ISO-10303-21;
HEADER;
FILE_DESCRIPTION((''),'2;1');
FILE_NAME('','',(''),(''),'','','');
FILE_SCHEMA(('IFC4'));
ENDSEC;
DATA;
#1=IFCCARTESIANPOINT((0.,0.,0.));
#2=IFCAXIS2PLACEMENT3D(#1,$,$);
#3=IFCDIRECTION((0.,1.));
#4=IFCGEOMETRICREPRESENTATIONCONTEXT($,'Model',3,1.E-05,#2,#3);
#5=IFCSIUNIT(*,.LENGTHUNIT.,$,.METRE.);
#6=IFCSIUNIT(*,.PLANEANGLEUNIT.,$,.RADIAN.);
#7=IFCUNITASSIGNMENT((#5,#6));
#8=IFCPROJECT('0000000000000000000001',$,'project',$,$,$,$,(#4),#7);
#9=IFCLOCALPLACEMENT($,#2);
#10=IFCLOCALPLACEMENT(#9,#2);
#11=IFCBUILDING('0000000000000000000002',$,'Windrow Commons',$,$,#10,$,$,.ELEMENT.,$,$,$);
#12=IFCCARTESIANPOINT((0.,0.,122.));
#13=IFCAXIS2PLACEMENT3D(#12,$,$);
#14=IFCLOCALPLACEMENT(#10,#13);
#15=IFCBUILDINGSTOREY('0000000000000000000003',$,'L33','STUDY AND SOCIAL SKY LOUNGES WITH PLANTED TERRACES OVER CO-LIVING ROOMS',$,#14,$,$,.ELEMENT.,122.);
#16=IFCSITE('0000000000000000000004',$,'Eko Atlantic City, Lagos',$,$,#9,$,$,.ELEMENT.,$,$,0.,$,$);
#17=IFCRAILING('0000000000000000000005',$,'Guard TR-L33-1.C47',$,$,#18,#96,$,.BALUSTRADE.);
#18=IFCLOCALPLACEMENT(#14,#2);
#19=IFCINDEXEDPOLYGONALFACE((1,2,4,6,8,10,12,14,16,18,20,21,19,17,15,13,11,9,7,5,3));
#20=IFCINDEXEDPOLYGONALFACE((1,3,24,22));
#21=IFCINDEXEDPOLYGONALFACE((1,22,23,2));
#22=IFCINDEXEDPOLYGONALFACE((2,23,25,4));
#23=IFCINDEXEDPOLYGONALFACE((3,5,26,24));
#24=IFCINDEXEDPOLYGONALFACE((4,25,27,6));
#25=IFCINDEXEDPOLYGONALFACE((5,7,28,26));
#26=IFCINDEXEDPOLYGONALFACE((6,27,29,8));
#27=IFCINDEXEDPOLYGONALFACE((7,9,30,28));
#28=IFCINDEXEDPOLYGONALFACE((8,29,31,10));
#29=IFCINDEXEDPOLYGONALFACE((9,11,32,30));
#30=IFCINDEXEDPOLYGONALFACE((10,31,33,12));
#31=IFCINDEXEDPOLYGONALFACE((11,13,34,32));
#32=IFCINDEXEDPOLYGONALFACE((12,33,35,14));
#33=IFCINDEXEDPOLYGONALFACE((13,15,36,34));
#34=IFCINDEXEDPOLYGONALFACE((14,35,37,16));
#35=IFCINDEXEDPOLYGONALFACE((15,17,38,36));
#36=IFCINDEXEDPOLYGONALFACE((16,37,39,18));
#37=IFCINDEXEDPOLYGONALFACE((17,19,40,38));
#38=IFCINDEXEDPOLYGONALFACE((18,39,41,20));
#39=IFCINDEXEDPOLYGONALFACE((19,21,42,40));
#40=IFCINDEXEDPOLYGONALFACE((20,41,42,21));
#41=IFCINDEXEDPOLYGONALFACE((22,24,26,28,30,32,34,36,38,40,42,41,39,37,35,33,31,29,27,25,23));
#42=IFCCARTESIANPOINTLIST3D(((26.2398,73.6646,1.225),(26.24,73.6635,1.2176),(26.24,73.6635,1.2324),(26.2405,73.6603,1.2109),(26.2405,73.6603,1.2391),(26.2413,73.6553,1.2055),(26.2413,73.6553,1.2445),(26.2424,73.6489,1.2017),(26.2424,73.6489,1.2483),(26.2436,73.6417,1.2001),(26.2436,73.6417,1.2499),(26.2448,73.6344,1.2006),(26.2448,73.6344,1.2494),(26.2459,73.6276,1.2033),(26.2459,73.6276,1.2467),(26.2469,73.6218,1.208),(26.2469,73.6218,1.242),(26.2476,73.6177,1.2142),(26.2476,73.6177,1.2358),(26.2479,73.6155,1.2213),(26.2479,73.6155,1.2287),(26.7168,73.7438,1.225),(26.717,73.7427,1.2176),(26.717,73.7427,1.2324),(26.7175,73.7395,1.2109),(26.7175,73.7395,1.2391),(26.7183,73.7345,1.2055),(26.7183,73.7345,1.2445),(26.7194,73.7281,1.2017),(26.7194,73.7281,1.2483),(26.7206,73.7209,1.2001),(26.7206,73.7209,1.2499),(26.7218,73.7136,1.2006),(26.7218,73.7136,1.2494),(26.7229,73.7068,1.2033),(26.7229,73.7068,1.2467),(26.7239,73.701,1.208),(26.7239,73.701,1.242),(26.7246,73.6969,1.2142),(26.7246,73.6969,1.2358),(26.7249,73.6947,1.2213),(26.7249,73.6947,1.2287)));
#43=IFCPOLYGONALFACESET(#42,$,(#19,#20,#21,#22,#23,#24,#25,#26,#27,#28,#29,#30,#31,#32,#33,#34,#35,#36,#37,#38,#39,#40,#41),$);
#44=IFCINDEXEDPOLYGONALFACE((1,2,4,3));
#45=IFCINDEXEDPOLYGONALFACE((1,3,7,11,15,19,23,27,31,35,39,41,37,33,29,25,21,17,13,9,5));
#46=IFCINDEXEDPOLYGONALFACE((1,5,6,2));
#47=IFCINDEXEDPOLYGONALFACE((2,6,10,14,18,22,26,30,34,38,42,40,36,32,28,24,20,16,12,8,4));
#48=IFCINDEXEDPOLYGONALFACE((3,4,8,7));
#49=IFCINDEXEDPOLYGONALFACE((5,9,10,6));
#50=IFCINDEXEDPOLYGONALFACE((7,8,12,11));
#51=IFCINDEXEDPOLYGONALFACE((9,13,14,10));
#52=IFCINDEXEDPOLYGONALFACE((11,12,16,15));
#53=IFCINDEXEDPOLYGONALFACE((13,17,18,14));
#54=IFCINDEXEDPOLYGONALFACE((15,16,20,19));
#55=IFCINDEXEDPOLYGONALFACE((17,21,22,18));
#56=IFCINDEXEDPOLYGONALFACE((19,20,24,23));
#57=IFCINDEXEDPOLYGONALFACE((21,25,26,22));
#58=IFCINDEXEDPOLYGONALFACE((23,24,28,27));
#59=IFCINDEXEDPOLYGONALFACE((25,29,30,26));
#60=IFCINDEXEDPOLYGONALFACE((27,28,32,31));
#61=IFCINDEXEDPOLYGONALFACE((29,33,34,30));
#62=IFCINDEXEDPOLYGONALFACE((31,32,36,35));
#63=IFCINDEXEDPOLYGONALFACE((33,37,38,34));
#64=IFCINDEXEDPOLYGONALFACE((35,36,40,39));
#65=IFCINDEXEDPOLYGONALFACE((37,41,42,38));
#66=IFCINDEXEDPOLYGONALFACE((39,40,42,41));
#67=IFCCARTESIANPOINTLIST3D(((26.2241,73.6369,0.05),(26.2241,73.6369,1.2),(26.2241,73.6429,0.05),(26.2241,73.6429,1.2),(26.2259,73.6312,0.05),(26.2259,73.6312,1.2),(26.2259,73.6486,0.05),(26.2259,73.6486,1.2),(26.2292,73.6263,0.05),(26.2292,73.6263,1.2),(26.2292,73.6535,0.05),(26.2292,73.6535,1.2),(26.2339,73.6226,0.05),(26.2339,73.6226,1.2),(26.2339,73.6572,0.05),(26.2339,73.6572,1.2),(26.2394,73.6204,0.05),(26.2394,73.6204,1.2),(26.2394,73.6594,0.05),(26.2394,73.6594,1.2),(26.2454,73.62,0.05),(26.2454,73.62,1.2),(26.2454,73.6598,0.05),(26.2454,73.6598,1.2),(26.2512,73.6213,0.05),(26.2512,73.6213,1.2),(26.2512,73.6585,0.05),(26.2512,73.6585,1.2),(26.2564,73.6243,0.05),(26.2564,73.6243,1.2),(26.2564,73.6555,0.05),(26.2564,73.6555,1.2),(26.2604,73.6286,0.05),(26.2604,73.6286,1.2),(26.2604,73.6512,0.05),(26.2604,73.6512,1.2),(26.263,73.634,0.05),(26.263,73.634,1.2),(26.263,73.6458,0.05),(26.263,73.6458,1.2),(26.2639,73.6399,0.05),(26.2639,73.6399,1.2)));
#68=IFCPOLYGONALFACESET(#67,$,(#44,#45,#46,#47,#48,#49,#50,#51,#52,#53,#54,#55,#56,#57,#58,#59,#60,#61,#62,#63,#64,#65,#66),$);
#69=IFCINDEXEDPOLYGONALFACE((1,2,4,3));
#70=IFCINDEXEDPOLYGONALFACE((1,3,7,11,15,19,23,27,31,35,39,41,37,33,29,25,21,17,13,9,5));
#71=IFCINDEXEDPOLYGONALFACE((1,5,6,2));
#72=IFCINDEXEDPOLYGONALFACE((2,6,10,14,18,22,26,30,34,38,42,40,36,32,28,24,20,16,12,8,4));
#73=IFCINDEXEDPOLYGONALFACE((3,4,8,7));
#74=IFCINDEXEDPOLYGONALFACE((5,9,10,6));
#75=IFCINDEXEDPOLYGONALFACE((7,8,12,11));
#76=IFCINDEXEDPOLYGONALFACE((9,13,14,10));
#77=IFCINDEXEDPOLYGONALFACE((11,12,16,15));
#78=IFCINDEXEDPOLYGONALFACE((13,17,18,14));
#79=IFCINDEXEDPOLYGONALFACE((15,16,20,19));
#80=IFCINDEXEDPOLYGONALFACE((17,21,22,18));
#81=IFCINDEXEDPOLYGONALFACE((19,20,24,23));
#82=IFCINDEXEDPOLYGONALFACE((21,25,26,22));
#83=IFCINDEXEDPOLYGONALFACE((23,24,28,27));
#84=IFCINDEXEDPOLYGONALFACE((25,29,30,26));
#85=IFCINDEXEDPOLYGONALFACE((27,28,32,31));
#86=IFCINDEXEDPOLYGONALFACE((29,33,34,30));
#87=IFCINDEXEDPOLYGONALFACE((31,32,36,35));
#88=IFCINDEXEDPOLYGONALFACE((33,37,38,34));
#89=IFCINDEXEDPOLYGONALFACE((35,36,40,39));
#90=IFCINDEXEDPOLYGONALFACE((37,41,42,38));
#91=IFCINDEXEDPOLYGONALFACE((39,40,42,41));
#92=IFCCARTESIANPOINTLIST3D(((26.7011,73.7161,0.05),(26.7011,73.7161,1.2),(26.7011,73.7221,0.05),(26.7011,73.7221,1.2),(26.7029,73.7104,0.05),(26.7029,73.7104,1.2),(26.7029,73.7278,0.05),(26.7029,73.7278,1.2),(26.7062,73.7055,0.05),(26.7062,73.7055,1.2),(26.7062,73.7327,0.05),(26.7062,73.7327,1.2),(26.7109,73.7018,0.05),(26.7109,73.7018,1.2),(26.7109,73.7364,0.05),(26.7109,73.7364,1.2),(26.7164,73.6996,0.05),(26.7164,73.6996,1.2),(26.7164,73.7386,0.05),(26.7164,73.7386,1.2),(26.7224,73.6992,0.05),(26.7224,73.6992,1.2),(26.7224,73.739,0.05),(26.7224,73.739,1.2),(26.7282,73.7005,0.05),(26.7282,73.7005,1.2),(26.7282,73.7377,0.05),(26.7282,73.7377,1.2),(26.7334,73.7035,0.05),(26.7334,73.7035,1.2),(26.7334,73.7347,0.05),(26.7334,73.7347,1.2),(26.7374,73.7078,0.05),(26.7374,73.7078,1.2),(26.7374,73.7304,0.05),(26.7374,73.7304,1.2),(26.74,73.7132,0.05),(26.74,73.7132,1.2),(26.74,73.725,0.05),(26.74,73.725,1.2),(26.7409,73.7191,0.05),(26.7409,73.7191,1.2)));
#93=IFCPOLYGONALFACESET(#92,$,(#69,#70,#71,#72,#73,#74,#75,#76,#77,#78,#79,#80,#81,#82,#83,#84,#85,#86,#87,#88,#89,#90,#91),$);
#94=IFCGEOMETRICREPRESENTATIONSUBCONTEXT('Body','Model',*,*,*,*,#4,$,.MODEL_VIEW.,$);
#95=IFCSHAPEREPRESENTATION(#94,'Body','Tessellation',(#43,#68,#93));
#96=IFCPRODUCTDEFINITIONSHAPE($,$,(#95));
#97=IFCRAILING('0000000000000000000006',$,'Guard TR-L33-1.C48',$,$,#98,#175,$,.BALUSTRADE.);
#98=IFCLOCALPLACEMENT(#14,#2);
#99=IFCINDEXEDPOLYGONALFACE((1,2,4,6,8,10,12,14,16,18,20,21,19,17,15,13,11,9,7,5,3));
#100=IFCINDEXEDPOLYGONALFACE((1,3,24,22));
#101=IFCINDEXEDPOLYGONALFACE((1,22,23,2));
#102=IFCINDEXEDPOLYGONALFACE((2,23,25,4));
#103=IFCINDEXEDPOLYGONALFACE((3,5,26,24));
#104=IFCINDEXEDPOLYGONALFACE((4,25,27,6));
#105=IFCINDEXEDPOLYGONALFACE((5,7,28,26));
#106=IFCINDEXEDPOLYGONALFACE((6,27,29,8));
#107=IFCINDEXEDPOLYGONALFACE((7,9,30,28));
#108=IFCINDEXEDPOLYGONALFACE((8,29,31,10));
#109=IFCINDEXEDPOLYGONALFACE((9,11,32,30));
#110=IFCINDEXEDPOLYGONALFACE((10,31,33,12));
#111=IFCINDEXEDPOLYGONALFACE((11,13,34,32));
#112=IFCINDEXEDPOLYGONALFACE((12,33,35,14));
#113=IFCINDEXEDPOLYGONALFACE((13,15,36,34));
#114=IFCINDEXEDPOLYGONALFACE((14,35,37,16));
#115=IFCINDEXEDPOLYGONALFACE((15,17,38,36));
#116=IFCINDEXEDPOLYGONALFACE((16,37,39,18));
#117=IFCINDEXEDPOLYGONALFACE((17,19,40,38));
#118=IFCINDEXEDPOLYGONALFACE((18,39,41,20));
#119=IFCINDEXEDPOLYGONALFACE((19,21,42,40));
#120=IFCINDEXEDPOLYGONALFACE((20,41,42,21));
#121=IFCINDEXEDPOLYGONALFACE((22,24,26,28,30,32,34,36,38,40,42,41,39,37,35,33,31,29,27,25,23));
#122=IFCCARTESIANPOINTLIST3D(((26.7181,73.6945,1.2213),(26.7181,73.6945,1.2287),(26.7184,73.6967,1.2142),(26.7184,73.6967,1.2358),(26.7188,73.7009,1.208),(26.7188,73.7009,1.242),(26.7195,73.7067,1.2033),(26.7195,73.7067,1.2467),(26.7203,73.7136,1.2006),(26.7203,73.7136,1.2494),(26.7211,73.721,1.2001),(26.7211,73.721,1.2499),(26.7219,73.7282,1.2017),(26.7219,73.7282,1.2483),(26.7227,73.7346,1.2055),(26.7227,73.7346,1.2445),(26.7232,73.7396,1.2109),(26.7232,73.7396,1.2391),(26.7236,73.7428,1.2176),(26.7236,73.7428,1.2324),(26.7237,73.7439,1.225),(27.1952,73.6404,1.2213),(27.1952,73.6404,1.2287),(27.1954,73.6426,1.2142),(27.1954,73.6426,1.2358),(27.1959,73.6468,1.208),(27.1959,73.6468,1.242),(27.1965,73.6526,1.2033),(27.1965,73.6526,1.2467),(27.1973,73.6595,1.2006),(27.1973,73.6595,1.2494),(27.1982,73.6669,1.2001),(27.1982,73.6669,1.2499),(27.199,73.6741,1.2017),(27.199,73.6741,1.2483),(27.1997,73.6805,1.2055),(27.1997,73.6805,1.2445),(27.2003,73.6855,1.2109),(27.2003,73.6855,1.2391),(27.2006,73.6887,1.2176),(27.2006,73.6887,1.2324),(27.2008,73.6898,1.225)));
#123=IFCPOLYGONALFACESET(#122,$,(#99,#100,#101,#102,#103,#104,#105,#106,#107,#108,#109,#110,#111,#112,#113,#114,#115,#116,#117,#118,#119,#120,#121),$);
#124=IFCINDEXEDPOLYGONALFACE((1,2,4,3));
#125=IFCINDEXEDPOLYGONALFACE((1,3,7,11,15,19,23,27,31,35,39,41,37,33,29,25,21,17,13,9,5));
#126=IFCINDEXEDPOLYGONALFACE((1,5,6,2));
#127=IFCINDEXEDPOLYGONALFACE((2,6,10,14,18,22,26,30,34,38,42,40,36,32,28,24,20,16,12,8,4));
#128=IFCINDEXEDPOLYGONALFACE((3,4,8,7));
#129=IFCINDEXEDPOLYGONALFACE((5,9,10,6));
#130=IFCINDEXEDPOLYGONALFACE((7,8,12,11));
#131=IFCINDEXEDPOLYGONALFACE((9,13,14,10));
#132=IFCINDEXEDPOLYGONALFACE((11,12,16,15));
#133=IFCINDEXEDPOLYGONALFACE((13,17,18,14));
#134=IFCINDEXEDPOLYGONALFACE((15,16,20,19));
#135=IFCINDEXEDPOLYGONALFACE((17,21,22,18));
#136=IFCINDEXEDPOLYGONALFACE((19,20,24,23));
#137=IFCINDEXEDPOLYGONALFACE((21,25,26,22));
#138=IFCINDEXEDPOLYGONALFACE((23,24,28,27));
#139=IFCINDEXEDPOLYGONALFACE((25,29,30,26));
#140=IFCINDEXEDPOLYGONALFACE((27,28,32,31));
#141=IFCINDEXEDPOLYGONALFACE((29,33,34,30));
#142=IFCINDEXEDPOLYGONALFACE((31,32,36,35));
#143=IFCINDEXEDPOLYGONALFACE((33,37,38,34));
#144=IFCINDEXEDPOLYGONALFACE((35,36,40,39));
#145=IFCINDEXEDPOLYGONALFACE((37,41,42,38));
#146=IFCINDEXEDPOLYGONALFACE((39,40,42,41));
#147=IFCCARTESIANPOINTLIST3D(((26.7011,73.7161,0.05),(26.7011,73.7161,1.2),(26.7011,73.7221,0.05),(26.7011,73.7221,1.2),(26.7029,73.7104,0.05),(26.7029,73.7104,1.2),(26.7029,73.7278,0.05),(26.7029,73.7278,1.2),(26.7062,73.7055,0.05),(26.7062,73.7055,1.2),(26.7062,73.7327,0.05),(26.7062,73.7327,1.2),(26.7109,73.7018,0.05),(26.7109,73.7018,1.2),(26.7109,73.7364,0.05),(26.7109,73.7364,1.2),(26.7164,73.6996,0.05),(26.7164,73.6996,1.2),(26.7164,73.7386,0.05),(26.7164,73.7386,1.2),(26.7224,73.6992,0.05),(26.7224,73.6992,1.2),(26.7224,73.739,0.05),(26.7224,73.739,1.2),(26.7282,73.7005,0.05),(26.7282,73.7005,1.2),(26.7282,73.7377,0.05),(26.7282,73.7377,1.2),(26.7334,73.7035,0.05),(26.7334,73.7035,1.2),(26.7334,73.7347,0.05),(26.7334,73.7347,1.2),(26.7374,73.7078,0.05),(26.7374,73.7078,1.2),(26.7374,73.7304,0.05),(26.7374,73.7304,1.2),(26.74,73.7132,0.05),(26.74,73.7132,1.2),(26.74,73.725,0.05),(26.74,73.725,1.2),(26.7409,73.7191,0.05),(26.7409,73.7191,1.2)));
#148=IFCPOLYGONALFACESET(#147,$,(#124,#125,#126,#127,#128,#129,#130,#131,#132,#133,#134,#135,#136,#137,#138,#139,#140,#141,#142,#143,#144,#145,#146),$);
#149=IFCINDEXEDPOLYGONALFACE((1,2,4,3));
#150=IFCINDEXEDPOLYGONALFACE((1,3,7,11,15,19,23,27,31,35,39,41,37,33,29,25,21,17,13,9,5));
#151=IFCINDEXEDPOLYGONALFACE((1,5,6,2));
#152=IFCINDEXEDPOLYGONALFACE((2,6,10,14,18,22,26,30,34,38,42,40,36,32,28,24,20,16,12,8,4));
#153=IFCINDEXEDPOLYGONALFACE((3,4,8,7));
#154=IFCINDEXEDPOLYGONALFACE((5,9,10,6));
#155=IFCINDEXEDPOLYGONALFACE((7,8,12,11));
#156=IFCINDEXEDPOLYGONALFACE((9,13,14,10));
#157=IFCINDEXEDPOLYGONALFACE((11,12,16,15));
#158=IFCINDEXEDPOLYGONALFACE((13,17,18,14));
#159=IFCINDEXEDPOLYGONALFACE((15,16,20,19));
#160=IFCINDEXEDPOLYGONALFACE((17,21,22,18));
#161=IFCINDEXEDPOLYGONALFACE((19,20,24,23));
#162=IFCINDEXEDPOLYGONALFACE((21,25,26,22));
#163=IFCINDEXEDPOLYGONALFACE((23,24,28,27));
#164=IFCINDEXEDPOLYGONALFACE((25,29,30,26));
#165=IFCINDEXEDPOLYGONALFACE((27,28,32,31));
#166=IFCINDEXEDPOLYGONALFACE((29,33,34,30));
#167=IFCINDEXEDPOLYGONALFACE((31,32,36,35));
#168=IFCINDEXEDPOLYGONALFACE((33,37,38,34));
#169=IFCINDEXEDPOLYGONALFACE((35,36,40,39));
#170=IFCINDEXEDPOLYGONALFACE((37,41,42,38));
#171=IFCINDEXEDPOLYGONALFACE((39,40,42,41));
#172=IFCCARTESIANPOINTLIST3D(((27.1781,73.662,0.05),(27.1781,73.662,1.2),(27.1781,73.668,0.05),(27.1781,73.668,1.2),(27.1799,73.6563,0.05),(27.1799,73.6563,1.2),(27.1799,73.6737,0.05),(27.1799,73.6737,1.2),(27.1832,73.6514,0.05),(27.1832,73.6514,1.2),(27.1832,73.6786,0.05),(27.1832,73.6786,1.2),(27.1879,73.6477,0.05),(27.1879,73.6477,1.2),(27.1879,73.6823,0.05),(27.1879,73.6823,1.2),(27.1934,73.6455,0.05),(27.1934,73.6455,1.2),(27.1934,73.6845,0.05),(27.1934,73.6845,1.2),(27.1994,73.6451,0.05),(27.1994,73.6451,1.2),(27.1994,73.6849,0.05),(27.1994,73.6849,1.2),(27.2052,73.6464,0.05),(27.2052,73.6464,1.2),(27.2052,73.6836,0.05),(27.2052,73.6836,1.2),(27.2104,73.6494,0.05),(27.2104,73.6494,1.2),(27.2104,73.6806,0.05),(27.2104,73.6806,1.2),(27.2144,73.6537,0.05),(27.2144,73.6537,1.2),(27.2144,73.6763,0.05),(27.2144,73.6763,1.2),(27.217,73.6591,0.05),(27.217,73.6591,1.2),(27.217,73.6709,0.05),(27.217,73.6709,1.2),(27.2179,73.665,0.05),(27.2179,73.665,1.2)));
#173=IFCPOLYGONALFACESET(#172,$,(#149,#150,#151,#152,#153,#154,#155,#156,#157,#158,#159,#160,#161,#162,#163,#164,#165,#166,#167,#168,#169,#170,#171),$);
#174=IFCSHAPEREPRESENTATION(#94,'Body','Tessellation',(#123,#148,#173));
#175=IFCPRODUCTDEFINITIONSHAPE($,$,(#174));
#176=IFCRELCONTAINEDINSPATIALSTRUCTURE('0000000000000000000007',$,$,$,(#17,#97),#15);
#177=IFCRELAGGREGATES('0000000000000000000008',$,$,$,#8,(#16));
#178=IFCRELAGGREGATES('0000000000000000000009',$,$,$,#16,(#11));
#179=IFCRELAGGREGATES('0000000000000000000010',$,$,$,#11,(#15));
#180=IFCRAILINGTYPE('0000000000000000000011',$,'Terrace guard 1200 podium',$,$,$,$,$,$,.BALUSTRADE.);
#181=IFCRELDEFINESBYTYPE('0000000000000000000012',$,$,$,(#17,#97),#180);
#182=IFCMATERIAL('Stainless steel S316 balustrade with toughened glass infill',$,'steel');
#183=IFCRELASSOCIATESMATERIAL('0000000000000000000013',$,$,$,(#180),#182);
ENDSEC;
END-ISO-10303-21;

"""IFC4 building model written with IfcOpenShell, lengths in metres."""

from ifc_helpers import new_model, si_unit, direction, frame, origin, origin_2d, place, context, subcontext, project, spatial, circle, extrude, material, type_object, element, save


model = new_model("IFC4")

# Units and contexts
model_context = context("Model", 3, precision=1e-05, world=origin(), true_north=direction((0.0, 1.0)))
body_context = subcontext(model_context, "Body", "Model", "MODEL_VIEW")
ifc_project = project(units=[si_unit("LENGTHUNIT", "METRE"), si_unit("PLANEANGLEUNIT", "RADIAN")], contexts=[model_context])

# Site, building, storey
site_placement = place(None, origin())
site = spatial("IfcSite", under=ifc_project, at=site_placement, Name="Eko Atlantic City, Lagos", CompositionType="ELEMENT", RefElevation=0.0)
building_placement = place(site_placement, origin())
building = spatial("IfcBuilding", under=site, at=building_placement, Name="Windrow Commons", CompositionType="ELEMENT")
storey_placement = place(building_placement, frame((0.0, 0.0, 122.0)))
storey = spatial("IfcBuildingStorey", under=building, at=storey_placement, Name="L33", Description="STUDY AND SOCIAL SKY LOUNGES WITH PLANTED TERRACES OVER CO-LIVING ROOMS", CompositionType="ELEMENT", Elevation=122.0)

# Railings
ifc_material_1 = material(Name="Stainless steel S316 balustrade with toughened glass infill", Category="steel")
railing_type = type_object("IfcRailingType", Name="Terrace guard 1200 podium", PredefinedType="BALUSTRADE", material=ifc_material_1)
railing_1_placement = place(storey_placement, frame((26.2439, 73.6399, 0.05)))
element("IfcRailing", 1, at=railing_1_placement, inside=storey, type_object=railing_type, Name="Guard TR-L33-1.C47", PredefinedType="BALUSTRADE", context=body_context, shape_type="SweptSolid", body=[
    extrude(circle(Radius=0.025, at=origin_2d()), frame((0.0, 0.0, 1.175), z_axis=(0.986494, 0.163795, 0.0), x_axis=(-0.163795, 0.986494, 0.0)), (0.0, 0.0, 1.0), 0.4835),
    extrude(circle(Radius=0.02, at=origin_2d()), origin(), (0.0, 0.0, 1.0), 1.15),
    extrude(circle(Radius=0.02, at=origin_2d()), frame((0.477, 0.0792, 0.0)), (0.0, 0.0, 1.0), 1.15),
])
railing_2_placement = place(storey_placement, frame((26.7209, 73.7191, 0.05)))
element("IfcRailing", 2, at=railing_2_placement, inside=storey, type_object=railing_type, Name="Guard TR-L33-1.C48", PredefinedType="BALUSTRADE", context=body_context, shape_type="SweptSolid", body=[
    extrude(circle(Radius=0.025, at=origin_2d()), frame((0.0, 0.0, 1.175), z_axis=(0.99363, -0.112695, 0.0), x_axis=(0.112695, 0.99363, 0.0)), (0.0, 0.0, 1.0), 0.4801),
    extrude(circle(Radius=0.02, at=origin_2d()), origin(), (0.0, 0.0, 1.0), 1.15),
    extrude(circle(Radius=0.02, at=origin_2d()), frame((0.477, -0.0541, 0.0)), (0.0, 0.0, 1.0), 1.15),
])

save(model, "model.ifc")
